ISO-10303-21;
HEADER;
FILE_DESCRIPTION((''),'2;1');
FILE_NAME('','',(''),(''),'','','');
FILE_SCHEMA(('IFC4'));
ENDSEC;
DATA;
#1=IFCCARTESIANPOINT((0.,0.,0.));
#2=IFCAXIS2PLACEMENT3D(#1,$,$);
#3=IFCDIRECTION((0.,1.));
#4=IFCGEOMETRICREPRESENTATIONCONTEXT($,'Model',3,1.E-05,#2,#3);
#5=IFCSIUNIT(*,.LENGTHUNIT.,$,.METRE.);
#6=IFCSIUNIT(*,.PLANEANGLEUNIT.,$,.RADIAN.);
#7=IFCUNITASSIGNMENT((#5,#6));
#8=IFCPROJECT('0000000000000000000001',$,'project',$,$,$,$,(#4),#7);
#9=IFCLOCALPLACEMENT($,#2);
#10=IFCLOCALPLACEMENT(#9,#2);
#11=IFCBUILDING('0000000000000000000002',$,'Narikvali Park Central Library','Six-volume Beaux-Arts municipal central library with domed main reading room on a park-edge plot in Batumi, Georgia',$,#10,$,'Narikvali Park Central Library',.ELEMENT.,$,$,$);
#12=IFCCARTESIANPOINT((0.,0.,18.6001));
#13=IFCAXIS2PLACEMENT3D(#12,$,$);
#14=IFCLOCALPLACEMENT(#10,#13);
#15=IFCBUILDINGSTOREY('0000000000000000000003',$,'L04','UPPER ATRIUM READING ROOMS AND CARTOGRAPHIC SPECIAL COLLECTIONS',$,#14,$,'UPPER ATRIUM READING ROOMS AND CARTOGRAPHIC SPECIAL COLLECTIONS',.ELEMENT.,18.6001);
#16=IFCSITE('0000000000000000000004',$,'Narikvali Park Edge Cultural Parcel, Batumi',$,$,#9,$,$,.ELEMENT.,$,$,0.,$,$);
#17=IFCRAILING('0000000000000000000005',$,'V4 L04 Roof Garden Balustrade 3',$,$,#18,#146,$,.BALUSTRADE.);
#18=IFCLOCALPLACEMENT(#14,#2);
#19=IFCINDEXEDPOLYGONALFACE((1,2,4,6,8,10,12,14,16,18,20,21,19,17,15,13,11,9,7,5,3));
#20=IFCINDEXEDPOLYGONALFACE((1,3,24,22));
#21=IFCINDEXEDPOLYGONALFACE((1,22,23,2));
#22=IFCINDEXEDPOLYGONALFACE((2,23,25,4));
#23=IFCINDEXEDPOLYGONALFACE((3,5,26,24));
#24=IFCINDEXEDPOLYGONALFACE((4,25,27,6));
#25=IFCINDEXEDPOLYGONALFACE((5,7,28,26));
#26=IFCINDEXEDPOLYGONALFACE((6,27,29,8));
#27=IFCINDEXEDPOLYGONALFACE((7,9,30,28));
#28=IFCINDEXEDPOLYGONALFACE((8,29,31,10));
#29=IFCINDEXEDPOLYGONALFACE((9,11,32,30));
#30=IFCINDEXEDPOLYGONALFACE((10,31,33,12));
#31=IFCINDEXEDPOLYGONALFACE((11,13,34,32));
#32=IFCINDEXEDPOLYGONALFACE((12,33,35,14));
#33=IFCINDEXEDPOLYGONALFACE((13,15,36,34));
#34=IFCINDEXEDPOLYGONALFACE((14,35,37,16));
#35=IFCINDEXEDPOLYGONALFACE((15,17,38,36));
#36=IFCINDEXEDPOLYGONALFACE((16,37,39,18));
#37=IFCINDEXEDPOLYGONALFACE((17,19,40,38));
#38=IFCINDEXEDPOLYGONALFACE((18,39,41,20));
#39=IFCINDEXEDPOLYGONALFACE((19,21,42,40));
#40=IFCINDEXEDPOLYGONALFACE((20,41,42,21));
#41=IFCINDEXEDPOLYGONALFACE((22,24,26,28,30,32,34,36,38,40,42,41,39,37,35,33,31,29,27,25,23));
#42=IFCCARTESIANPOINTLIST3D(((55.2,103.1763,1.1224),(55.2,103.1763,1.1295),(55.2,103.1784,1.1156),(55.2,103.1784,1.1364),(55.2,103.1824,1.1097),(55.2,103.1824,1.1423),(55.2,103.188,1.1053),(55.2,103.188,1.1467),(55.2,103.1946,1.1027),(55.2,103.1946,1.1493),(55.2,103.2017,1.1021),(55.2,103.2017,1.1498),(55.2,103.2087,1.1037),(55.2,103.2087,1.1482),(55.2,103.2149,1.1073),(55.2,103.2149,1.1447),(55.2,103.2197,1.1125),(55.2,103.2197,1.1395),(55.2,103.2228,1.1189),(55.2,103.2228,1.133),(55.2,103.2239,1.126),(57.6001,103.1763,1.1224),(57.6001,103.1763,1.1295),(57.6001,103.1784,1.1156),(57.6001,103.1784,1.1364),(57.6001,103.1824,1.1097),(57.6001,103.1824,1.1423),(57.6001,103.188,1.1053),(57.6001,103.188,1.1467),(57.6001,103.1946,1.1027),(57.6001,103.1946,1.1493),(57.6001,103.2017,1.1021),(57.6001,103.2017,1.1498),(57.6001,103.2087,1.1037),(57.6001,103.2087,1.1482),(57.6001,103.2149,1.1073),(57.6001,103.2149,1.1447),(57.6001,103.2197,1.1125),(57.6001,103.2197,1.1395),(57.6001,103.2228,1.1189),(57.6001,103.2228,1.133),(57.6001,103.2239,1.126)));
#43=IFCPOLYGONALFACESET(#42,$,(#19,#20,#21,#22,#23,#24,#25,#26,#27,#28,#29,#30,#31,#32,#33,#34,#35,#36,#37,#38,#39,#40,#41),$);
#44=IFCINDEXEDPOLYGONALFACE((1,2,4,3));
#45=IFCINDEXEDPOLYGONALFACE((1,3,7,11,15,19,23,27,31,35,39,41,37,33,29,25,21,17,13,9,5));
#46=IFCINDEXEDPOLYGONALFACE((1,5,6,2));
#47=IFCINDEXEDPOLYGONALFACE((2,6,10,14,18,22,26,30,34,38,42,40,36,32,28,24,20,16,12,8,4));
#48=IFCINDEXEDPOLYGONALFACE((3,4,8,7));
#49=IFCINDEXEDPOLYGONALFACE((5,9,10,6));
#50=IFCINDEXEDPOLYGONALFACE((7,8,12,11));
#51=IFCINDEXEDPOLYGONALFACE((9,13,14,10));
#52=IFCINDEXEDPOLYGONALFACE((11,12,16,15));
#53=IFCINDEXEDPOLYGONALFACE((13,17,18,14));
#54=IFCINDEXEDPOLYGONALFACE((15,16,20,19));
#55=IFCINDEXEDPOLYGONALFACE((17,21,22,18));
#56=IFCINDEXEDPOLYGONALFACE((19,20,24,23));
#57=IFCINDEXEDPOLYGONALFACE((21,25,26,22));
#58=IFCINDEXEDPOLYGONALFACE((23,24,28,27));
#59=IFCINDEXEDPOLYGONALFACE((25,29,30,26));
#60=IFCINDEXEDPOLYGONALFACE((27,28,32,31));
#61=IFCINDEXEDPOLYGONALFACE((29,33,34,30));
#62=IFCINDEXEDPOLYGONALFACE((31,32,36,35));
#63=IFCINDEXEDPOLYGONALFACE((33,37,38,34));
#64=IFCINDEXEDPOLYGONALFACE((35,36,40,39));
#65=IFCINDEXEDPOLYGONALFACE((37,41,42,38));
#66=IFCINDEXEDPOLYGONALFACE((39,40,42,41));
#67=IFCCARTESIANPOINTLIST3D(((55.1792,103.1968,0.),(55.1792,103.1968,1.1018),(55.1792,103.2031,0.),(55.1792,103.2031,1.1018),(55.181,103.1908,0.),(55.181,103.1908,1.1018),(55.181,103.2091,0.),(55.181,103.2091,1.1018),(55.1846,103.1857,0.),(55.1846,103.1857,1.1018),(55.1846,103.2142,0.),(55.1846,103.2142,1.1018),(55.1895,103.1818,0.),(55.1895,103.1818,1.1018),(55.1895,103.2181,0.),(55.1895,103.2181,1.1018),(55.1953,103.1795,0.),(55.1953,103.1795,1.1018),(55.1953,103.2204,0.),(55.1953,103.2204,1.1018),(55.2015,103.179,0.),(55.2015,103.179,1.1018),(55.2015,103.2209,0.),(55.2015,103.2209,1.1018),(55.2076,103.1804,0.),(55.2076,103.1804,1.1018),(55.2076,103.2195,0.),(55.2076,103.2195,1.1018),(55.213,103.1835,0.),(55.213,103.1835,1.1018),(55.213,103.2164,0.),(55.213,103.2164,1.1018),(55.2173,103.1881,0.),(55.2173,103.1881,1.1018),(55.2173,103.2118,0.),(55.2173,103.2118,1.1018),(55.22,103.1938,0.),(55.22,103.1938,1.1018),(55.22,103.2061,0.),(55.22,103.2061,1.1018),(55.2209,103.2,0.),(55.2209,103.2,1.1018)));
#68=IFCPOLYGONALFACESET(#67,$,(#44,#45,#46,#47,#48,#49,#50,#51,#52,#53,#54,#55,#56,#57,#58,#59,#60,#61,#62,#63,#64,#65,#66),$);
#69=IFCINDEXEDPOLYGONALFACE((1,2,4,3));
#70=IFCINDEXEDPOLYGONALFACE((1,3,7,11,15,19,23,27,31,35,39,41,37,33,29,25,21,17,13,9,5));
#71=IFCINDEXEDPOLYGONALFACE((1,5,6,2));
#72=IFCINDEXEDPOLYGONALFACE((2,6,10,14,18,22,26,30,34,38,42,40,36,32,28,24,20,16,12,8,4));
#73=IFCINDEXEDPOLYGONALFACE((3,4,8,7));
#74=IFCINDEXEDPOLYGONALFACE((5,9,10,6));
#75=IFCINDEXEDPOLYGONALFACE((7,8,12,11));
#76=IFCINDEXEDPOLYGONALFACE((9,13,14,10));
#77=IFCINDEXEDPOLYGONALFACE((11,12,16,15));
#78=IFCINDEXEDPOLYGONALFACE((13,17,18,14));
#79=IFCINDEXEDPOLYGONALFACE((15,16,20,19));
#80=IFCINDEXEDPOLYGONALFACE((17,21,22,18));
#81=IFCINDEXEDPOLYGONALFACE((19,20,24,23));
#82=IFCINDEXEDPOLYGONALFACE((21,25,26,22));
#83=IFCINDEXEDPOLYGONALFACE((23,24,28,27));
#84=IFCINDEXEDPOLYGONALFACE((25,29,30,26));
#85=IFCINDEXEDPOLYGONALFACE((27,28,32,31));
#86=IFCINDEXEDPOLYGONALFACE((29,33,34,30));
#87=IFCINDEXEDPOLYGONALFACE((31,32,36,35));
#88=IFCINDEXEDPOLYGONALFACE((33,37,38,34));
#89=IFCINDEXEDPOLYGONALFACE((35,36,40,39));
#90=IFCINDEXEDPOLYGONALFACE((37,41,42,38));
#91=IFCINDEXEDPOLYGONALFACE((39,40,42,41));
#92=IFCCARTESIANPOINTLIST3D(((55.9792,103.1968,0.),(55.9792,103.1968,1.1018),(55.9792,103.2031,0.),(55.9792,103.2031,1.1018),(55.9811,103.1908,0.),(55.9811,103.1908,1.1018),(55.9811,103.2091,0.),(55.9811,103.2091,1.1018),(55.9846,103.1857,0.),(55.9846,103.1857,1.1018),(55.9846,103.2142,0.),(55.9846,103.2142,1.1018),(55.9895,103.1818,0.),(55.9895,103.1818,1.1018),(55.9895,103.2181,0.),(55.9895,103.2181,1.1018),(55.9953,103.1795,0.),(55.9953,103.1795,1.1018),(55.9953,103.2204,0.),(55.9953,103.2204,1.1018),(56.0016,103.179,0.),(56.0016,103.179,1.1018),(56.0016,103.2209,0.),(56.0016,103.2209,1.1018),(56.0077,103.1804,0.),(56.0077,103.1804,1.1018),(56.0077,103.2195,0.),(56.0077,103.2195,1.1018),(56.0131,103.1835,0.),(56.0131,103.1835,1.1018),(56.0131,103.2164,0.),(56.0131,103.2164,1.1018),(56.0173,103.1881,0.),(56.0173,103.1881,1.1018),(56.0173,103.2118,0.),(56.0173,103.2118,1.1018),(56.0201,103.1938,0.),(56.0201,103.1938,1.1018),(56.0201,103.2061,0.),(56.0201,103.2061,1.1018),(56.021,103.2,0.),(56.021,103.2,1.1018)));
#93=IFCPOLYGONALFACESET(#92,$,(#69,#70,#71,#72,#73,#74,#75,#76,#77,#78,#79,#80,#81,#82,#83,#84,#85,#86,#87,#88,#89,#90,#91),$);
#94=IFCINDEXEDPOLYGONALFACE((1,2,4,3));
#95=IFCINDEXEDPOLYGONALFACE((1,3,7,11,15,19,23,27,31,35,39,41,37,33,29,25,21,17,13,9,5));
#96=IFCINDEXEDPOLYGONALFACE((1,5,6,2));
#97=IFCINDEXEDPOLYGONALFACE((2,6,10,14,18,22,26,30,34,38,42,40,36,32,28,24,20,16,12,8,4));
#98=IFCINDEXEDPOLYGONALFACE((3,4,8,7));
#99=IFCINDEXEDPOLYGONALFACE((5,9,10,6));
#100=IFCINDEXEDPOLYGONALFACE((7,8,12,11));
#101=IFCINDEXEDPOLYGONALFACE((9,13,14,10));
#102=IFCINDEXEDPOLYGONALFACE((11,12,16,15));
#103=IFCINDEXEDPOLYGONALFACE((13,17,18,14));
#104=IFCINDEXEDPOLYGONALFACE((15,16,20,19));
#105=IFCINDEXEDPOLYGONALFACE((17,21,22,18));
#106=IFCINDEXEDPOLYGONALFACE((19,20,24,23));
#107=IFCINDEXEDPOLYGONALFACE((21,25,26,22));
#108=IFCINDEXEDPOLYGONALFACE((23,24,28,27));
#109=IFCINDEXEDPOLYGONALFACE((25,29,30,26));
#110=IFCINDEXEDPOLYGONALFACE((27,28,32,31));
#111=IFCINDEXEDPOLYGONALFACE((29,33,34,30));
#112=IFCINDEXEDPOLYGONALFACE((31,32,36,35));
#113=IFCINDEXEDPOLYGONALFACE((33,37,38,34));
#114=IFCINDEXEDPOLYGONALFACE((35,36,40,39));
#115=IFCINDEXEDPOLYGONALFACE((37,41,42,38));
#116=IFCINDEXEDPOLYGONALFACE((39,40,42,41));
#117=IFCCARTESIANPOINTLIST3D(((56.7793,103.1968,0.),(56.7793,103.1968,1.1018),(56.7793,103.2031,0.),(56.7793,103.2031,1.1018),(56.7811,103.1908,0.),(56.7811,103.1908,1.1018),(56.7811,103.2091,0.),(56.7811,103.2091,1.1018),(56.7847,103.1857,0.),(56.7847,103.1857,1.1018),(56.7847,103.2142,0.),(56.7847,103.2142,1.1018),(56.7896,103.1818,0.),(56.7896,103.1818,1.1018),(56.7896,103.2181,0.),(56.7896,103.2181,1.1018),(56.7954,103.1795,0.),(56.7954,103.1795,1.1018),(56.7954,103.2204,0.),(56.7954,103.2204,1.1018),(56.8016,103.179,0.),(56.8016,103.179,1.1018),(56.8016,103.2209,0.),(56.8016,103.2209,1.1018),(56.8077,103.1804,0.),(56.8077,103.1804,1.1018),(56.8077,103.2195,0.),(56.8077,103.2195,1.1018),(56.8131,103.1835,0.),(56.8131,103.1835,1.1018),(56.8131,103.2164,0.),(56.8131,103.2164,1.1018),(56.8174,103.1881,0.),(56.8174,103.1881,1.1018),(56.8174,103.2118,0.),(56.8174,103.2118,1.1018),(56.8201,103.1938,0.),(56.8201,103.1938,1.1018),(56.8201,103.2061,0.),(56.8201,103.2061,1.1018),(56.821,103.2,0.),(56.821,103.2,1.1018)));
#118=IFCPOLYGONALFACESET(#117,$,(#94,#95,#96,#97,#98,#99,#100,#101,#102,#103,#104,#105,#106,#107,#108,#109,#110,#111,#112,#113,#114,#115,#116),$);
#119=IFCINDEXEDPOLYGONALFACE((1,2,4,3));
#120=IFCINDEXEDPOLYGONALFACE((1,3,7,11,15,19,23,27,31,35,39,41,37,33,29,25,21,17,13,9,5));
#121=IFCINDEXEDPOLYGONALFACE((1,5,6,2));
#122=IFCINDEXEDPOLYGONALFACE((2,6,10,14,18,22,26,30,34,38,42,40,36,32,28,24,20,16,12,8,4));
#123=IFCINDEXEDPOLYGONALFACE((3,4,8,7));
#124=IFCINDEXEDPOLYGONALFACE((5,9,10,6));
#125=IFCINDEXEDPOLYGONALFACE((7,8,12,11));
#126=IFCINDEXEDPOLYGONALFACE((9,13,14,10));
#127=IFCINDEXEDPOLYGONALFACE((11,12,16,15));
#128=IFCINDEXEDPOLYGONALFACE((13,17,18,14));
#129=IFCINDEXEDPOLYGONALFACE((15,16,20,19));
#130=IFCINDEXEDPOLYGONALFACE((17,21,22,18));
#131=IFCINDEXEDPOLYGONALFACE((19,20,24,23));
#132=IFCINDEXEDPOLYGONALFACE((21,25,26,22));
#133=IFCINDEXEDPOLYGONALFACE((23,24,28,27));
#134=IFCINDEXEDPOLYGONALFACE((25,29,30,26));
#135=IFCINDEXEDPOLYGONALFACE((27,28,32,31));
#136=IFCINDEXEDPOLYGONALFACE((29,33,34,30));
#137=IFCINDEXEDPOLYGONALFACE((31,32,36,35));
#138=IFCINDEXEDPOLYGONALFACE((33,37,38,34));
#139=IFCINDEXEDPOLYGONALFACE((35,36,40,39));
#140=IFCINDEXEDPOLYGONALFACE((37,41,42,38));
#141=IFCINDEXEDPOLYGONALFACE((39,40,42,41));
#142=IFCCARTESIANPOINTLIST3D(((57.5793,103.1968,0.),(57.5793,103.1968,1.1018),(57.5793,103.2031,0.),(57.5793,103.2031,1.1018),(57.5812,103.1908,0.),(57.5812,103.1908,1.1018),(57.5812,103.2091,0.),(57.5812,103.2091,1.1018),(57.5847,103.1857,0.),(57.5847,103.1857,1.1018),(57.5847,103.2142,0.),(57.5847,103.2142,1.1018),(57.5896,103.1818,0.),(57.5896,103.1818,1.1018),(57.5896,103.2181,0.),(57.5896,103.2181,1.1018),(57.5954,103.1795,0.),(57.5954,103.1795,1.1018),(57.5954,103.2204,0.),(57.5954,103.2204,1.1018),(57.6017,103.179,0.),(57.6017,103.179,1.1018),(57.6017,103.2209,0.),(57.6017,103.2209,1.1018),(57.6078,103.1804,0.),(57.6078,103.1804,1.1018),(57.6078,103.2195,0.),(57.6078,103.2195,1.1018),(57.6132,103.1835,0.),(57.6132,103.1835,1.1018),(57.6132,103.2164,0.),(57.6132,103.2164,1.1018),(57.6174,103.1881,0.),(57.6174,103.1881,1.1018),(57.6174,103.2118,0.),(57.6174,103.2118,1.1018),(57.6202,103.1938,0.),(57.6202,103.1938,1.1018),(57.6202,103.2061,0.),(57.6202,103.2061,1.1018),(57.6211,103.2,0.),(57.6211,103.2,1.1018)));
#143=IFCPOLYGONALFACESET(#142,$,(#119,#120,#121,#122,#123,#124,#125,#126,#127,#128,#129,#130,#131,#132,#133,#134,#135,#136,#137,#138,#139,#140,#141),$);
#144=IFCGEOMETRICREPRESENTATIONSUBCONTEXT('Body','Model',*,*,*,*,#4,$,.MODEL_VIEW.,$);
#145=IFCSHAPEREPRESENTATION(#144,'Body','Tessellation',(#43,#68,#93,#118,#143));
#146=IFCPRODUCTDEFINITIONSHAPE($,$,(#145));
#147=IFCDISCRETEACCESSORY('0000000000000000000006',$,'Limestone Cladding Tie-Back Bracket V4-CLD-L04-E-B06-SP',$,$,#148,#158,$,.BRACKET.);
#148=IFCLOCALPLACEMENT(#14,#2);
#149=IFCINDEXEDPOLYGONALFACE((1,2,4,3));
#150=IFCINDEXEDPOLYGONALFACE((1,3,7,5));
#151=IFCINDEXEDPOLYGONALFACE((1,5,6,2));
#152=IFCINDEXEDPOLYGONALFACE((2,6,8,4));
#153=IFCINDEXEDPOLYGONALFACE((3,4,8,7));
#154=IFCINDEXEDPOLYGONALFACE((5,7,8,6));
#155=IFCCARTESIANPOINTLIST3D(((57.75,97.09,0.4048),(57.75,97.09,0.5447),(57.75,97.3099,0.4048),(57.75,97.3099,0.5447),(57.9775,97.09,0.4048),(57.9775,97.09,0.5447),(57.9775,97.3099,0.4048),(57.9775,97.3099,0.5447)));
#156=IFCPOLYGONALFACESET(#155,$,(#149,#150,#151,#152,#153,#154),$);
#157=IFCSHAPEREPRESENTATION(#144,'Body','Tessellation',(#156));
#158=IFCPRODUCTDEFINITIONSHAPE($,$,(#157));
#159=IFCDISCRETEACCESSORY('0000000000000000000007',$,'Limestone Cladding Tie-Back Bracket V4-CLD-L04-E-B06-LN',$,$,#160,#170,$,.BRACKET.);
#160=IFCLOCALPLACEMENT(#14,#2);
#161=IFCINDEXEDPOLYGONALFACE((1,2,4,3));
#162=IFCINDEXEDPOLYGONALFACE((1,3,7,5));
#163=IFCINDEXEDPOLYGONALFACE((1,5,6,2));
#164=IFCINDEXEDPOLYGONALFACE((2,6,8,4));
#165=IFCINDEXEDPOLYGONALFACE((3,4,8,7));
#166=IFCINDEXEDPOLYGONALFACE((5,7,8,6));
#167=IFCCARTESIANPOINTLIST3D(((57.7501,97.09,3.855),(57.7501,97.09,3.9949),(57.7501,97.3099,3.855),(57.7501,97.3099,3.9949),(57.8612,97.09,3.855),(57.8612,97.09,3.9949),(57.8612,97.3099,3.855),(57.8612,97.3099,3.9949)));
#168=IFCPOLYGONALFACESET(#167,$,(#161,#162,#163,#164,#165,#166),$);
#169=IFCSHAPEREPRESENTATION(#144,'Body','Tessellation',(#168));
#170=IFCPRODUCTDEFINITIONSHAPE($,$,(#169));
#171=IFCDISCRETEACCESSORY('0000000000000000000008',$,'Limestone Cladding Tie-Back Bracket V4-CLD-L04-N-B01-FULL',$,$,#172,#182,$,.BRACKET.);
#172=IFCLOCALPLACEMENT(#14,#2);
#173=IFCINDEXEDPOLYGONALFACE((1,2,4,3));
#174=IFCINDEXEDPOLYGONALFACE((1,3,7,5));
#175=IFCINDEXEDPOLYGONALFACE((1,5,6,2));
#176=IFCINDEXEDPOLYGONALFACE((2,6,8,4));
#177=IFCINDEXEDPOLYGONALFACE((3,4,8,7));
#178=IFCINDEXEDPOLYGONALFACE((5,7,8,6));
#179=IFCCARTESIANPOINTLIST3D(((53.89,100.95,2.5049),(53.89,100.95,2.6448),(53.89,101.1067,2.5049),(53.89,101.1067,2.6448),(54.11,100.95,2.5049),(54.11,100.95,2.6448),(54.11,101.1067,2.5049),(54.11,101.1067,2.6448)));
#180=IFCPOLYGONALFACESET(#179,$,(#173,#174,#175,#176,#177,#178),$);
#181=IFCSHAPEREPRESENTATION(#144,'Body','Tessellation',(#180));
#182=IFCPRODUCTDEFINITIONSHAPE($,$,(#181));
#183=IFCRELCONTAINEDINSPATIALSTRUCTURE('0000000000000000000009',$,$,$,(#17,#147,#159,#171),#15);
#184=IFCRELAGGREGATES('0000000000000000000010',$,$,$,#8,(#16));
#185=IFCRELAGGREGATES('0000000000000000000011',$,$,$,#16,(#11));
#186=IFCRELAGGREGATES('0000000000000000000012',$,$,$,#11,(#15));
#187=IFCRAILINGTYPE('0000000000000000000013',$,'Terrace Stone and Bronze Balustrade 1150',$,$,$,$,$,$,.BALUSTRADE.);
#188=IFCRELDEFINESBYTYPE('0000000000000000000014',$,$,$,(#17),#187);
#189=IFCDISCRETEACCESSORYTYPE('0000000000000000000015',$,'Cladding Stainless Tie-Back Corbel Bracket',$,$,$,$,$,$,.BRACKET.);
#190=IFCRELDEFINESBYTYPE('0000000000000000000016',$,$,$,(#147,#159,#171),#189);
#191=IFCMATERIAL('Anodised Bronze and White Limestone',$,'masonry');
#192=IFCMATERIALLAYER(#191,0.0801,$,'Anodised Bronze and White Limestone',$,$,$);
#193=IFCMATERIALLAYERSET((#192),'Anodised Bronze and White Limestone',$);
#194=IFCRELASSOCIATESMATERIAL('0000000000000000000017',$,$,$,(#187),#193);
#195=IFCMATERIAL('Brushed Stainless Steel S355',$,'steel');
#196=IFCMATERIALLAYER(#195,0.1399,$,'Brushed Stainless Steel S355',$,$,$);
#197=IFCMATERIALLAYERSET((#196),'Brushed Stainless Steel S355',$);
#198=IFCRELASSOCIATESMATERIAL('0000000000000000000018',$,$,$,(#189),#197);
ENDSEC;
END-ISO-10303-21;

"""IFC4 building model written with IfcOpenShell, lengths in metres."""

from ifc_helpers import new_model, si_unit, direction, frame, origin, origin_2d, place, context, subcontext, project, spatial, rectangle, circle, extrude, material, layer, layer_set, type_object, element, save


model = new_model("IFC4")

# Units and contexts
model_context = context("Model", 3, precision=1e-05, world=origin(), true_north=direction((0.0, 1.0)))
body_context = subcontext(model_context, "Body", "Model", "MODEL_VIEW")
ifc_project = project(units=[si_unit("LENGTHUNIT", "METRE"), si_unit("PLANEANGLEUNIT", "RADIAN")], contexts=[model_context])

# Site, building, storey
site_placement = place(None, origin())
site = spatial("IfcSite", under=ifc_project, at=site_placement, Name="Narikvali Park Edge Cultural Parcel, Batumi", CompositionType="ELEMENT", RefElevation=0.0)
building_placement = place(site_placement, origin())
building = spatial("IfcBuilding", under=site, at=building_placement, Name="Narikvali Park Central Library", Description="Six-volume Beaux-Arts municipal central library with domed main reading room on a park-edge plot in Batumi, Georgia", LongName="Narikvali Park Central Library", CompositionType="ELEMENT")
storey_placement = place(building_placement, frame((0.0, 0.0, 18.6001)))
storey = spatial("IfcBuildingStorey", under=building, at=storey_placement, Name="L04", Description="UPPER ATRIUM READING ROOMS AND CARTOGRAPHIC SPECIAL COLLECTIONS", LongName="UPPER ATRIUM READING ROOMS AND CARTOGRAPHIC SPECIAL COLLECTIONS", CompositionType="ELEMENT", Elevation=18.6001)

# Shared definitions
ifc_material_1 = material(Name="Brushed Stainless Steel S355", Category="steel")

# Railing
ifc_material_2 = material(Name="Anodised Bronze and White Limestone", Category="masonry")
ifc_layer_1 = layer(ifc_material_2, 0.0801, Name="Anodised Bronze and White Limestone")
ifc_layer_set_1 = layer_set([ifc_layer_1], Name="Anodised Bronze and White Limestone")
railing_type_1 = type_object("IfcRailingType", Name="Terrace Stone and Bronze Balustrade 1150", PredefinedType="BALUSTRADE", material=ifc_layer_set_1)
railing_1_placement = place(storey_placement, frame((55.2, 103.2, 0.0)))
element("IfcRailing", 1, at=railing_1_placement, inside=storey, type_object=railing_type_1, Name="V4 L04 Roof Garden Balustrade 3", PredefinedType="BALUSTRADE", context=body_context, shape_type="SweptSolid", body=[
    extrude(circle(Radius=0.0239, at=origin_2d()), frame((0.0, 0.0, 1.126), z_axis=(1.0, 0.0, 0.0), x_axis=(0.0, 1.0, 0.0)), (0.0, 0.0, 1.0), 2.4001),
    extrude(circle(Radius=0.021, at=origin_2d()), origin(), (0.0, 0.0, 1.0), 1.1018),
    extrude(circle(Radius=0.021, at=origin_2d()), frame((0.8, 0.0, 0.0)), (0.0, 0.0, 1.0), 1.1018),
    extrude(circle(Radius=0.021, at=origin_2d()), frame((1.6001, 0.0, 0.0)), (0.0, 0.0, 1.0), 1.1018),
    extrude(circle(Radius=0.021, at=origin_2d()), frame((2.4001, 0.0, 0.0)), (0.0, 0.0, 1.0), 1.1018),
])

# Discrete accessories
ifc_layer_2 = layer(ifc_material_1, 0.1399, Name="Brushed Stainless Steel S355")
ifc_layer_set_2 = layer_set([ifc_layer_2], Name="Brushed Stainless Steel S355")
discrete_accessory_type = type_object("IfcDiscreteAccessoryType", Name="Cladding Stainless Tie-Back Corbel Bracket", PredefinedType="BRACKET", material=ifc_layer_set_2)
discrete_accessory_1_placement = place(storey_placement, frame((57.8638, 97.2, 0.4048), z_axis=(0.0, 0.0, 1.0), x_axis=(1.0, 0.0, 0.0)))
element("IfcDiscreteAccessory", 2, at=discrete_accessory_1_placement, inside=storey, type_object=discrete_accessory_type, Name="Limestone Cladding Tie-Back Bracket V4-CLD-L04-E-B06-SP", PredefinedType="BRACKET", context=body_context, shape_type="SweptSolid", body=[
    extrude(rectangle(XDim=0.2275, YDim=0.22, at=origin_2d()), origin(), (0.0, 0.0, 1.0), 0.1399),
])
discrete_accessory_2_placement = place(storey_placement, frame((57.8057, 97.2, 3.855), z_axis=(0.0, 0.0, 1.0), x_axis=(1.0, 0.0, 0.0)))
element("IfcDiscreteAccessory", 3, at=discrete_accessory_2_placement, inside=storey, type_object=discrete_accessory_type, Name="Limestone Cladding Tie-Back Bracket V4-CLD-L04-E-B06-LN", PredefinedType="BRACKET", context=body_context, shape_type="SweptSolid", body=[
    extrude(rectangle(XDim=0.1111, YDim=0.22, at=origin_2d()), origin(), (0.0, 0.0, 1.0), 0.1399),
])
discrete_accessory_3_placement = place(storey_placement, frame((54.0, 101.0283, 2.5049), z_axis=(0.0, 0.0, 1.0), x_axis=(1.0, 0.0, 0.0)))
element("IfcDiscreteAccessory", 4, at=discrete_accessory_3_placement, inside=storey, type_object=discrete_accessory_type, Name="Limestone Cladding Tie-Back Bracket V4-CLD-L04-N-B01-FULL", PredefinedType="BRACKET", context=body_context, shape_type="SweptSolid", body=[
    extrude(rectangle(XDim=0.22, YDim=0.1567, at=origin_2d()), origin(), (0.0, 0.0, 1.0), 0.1399),
])

save(model, "model.ifc")
